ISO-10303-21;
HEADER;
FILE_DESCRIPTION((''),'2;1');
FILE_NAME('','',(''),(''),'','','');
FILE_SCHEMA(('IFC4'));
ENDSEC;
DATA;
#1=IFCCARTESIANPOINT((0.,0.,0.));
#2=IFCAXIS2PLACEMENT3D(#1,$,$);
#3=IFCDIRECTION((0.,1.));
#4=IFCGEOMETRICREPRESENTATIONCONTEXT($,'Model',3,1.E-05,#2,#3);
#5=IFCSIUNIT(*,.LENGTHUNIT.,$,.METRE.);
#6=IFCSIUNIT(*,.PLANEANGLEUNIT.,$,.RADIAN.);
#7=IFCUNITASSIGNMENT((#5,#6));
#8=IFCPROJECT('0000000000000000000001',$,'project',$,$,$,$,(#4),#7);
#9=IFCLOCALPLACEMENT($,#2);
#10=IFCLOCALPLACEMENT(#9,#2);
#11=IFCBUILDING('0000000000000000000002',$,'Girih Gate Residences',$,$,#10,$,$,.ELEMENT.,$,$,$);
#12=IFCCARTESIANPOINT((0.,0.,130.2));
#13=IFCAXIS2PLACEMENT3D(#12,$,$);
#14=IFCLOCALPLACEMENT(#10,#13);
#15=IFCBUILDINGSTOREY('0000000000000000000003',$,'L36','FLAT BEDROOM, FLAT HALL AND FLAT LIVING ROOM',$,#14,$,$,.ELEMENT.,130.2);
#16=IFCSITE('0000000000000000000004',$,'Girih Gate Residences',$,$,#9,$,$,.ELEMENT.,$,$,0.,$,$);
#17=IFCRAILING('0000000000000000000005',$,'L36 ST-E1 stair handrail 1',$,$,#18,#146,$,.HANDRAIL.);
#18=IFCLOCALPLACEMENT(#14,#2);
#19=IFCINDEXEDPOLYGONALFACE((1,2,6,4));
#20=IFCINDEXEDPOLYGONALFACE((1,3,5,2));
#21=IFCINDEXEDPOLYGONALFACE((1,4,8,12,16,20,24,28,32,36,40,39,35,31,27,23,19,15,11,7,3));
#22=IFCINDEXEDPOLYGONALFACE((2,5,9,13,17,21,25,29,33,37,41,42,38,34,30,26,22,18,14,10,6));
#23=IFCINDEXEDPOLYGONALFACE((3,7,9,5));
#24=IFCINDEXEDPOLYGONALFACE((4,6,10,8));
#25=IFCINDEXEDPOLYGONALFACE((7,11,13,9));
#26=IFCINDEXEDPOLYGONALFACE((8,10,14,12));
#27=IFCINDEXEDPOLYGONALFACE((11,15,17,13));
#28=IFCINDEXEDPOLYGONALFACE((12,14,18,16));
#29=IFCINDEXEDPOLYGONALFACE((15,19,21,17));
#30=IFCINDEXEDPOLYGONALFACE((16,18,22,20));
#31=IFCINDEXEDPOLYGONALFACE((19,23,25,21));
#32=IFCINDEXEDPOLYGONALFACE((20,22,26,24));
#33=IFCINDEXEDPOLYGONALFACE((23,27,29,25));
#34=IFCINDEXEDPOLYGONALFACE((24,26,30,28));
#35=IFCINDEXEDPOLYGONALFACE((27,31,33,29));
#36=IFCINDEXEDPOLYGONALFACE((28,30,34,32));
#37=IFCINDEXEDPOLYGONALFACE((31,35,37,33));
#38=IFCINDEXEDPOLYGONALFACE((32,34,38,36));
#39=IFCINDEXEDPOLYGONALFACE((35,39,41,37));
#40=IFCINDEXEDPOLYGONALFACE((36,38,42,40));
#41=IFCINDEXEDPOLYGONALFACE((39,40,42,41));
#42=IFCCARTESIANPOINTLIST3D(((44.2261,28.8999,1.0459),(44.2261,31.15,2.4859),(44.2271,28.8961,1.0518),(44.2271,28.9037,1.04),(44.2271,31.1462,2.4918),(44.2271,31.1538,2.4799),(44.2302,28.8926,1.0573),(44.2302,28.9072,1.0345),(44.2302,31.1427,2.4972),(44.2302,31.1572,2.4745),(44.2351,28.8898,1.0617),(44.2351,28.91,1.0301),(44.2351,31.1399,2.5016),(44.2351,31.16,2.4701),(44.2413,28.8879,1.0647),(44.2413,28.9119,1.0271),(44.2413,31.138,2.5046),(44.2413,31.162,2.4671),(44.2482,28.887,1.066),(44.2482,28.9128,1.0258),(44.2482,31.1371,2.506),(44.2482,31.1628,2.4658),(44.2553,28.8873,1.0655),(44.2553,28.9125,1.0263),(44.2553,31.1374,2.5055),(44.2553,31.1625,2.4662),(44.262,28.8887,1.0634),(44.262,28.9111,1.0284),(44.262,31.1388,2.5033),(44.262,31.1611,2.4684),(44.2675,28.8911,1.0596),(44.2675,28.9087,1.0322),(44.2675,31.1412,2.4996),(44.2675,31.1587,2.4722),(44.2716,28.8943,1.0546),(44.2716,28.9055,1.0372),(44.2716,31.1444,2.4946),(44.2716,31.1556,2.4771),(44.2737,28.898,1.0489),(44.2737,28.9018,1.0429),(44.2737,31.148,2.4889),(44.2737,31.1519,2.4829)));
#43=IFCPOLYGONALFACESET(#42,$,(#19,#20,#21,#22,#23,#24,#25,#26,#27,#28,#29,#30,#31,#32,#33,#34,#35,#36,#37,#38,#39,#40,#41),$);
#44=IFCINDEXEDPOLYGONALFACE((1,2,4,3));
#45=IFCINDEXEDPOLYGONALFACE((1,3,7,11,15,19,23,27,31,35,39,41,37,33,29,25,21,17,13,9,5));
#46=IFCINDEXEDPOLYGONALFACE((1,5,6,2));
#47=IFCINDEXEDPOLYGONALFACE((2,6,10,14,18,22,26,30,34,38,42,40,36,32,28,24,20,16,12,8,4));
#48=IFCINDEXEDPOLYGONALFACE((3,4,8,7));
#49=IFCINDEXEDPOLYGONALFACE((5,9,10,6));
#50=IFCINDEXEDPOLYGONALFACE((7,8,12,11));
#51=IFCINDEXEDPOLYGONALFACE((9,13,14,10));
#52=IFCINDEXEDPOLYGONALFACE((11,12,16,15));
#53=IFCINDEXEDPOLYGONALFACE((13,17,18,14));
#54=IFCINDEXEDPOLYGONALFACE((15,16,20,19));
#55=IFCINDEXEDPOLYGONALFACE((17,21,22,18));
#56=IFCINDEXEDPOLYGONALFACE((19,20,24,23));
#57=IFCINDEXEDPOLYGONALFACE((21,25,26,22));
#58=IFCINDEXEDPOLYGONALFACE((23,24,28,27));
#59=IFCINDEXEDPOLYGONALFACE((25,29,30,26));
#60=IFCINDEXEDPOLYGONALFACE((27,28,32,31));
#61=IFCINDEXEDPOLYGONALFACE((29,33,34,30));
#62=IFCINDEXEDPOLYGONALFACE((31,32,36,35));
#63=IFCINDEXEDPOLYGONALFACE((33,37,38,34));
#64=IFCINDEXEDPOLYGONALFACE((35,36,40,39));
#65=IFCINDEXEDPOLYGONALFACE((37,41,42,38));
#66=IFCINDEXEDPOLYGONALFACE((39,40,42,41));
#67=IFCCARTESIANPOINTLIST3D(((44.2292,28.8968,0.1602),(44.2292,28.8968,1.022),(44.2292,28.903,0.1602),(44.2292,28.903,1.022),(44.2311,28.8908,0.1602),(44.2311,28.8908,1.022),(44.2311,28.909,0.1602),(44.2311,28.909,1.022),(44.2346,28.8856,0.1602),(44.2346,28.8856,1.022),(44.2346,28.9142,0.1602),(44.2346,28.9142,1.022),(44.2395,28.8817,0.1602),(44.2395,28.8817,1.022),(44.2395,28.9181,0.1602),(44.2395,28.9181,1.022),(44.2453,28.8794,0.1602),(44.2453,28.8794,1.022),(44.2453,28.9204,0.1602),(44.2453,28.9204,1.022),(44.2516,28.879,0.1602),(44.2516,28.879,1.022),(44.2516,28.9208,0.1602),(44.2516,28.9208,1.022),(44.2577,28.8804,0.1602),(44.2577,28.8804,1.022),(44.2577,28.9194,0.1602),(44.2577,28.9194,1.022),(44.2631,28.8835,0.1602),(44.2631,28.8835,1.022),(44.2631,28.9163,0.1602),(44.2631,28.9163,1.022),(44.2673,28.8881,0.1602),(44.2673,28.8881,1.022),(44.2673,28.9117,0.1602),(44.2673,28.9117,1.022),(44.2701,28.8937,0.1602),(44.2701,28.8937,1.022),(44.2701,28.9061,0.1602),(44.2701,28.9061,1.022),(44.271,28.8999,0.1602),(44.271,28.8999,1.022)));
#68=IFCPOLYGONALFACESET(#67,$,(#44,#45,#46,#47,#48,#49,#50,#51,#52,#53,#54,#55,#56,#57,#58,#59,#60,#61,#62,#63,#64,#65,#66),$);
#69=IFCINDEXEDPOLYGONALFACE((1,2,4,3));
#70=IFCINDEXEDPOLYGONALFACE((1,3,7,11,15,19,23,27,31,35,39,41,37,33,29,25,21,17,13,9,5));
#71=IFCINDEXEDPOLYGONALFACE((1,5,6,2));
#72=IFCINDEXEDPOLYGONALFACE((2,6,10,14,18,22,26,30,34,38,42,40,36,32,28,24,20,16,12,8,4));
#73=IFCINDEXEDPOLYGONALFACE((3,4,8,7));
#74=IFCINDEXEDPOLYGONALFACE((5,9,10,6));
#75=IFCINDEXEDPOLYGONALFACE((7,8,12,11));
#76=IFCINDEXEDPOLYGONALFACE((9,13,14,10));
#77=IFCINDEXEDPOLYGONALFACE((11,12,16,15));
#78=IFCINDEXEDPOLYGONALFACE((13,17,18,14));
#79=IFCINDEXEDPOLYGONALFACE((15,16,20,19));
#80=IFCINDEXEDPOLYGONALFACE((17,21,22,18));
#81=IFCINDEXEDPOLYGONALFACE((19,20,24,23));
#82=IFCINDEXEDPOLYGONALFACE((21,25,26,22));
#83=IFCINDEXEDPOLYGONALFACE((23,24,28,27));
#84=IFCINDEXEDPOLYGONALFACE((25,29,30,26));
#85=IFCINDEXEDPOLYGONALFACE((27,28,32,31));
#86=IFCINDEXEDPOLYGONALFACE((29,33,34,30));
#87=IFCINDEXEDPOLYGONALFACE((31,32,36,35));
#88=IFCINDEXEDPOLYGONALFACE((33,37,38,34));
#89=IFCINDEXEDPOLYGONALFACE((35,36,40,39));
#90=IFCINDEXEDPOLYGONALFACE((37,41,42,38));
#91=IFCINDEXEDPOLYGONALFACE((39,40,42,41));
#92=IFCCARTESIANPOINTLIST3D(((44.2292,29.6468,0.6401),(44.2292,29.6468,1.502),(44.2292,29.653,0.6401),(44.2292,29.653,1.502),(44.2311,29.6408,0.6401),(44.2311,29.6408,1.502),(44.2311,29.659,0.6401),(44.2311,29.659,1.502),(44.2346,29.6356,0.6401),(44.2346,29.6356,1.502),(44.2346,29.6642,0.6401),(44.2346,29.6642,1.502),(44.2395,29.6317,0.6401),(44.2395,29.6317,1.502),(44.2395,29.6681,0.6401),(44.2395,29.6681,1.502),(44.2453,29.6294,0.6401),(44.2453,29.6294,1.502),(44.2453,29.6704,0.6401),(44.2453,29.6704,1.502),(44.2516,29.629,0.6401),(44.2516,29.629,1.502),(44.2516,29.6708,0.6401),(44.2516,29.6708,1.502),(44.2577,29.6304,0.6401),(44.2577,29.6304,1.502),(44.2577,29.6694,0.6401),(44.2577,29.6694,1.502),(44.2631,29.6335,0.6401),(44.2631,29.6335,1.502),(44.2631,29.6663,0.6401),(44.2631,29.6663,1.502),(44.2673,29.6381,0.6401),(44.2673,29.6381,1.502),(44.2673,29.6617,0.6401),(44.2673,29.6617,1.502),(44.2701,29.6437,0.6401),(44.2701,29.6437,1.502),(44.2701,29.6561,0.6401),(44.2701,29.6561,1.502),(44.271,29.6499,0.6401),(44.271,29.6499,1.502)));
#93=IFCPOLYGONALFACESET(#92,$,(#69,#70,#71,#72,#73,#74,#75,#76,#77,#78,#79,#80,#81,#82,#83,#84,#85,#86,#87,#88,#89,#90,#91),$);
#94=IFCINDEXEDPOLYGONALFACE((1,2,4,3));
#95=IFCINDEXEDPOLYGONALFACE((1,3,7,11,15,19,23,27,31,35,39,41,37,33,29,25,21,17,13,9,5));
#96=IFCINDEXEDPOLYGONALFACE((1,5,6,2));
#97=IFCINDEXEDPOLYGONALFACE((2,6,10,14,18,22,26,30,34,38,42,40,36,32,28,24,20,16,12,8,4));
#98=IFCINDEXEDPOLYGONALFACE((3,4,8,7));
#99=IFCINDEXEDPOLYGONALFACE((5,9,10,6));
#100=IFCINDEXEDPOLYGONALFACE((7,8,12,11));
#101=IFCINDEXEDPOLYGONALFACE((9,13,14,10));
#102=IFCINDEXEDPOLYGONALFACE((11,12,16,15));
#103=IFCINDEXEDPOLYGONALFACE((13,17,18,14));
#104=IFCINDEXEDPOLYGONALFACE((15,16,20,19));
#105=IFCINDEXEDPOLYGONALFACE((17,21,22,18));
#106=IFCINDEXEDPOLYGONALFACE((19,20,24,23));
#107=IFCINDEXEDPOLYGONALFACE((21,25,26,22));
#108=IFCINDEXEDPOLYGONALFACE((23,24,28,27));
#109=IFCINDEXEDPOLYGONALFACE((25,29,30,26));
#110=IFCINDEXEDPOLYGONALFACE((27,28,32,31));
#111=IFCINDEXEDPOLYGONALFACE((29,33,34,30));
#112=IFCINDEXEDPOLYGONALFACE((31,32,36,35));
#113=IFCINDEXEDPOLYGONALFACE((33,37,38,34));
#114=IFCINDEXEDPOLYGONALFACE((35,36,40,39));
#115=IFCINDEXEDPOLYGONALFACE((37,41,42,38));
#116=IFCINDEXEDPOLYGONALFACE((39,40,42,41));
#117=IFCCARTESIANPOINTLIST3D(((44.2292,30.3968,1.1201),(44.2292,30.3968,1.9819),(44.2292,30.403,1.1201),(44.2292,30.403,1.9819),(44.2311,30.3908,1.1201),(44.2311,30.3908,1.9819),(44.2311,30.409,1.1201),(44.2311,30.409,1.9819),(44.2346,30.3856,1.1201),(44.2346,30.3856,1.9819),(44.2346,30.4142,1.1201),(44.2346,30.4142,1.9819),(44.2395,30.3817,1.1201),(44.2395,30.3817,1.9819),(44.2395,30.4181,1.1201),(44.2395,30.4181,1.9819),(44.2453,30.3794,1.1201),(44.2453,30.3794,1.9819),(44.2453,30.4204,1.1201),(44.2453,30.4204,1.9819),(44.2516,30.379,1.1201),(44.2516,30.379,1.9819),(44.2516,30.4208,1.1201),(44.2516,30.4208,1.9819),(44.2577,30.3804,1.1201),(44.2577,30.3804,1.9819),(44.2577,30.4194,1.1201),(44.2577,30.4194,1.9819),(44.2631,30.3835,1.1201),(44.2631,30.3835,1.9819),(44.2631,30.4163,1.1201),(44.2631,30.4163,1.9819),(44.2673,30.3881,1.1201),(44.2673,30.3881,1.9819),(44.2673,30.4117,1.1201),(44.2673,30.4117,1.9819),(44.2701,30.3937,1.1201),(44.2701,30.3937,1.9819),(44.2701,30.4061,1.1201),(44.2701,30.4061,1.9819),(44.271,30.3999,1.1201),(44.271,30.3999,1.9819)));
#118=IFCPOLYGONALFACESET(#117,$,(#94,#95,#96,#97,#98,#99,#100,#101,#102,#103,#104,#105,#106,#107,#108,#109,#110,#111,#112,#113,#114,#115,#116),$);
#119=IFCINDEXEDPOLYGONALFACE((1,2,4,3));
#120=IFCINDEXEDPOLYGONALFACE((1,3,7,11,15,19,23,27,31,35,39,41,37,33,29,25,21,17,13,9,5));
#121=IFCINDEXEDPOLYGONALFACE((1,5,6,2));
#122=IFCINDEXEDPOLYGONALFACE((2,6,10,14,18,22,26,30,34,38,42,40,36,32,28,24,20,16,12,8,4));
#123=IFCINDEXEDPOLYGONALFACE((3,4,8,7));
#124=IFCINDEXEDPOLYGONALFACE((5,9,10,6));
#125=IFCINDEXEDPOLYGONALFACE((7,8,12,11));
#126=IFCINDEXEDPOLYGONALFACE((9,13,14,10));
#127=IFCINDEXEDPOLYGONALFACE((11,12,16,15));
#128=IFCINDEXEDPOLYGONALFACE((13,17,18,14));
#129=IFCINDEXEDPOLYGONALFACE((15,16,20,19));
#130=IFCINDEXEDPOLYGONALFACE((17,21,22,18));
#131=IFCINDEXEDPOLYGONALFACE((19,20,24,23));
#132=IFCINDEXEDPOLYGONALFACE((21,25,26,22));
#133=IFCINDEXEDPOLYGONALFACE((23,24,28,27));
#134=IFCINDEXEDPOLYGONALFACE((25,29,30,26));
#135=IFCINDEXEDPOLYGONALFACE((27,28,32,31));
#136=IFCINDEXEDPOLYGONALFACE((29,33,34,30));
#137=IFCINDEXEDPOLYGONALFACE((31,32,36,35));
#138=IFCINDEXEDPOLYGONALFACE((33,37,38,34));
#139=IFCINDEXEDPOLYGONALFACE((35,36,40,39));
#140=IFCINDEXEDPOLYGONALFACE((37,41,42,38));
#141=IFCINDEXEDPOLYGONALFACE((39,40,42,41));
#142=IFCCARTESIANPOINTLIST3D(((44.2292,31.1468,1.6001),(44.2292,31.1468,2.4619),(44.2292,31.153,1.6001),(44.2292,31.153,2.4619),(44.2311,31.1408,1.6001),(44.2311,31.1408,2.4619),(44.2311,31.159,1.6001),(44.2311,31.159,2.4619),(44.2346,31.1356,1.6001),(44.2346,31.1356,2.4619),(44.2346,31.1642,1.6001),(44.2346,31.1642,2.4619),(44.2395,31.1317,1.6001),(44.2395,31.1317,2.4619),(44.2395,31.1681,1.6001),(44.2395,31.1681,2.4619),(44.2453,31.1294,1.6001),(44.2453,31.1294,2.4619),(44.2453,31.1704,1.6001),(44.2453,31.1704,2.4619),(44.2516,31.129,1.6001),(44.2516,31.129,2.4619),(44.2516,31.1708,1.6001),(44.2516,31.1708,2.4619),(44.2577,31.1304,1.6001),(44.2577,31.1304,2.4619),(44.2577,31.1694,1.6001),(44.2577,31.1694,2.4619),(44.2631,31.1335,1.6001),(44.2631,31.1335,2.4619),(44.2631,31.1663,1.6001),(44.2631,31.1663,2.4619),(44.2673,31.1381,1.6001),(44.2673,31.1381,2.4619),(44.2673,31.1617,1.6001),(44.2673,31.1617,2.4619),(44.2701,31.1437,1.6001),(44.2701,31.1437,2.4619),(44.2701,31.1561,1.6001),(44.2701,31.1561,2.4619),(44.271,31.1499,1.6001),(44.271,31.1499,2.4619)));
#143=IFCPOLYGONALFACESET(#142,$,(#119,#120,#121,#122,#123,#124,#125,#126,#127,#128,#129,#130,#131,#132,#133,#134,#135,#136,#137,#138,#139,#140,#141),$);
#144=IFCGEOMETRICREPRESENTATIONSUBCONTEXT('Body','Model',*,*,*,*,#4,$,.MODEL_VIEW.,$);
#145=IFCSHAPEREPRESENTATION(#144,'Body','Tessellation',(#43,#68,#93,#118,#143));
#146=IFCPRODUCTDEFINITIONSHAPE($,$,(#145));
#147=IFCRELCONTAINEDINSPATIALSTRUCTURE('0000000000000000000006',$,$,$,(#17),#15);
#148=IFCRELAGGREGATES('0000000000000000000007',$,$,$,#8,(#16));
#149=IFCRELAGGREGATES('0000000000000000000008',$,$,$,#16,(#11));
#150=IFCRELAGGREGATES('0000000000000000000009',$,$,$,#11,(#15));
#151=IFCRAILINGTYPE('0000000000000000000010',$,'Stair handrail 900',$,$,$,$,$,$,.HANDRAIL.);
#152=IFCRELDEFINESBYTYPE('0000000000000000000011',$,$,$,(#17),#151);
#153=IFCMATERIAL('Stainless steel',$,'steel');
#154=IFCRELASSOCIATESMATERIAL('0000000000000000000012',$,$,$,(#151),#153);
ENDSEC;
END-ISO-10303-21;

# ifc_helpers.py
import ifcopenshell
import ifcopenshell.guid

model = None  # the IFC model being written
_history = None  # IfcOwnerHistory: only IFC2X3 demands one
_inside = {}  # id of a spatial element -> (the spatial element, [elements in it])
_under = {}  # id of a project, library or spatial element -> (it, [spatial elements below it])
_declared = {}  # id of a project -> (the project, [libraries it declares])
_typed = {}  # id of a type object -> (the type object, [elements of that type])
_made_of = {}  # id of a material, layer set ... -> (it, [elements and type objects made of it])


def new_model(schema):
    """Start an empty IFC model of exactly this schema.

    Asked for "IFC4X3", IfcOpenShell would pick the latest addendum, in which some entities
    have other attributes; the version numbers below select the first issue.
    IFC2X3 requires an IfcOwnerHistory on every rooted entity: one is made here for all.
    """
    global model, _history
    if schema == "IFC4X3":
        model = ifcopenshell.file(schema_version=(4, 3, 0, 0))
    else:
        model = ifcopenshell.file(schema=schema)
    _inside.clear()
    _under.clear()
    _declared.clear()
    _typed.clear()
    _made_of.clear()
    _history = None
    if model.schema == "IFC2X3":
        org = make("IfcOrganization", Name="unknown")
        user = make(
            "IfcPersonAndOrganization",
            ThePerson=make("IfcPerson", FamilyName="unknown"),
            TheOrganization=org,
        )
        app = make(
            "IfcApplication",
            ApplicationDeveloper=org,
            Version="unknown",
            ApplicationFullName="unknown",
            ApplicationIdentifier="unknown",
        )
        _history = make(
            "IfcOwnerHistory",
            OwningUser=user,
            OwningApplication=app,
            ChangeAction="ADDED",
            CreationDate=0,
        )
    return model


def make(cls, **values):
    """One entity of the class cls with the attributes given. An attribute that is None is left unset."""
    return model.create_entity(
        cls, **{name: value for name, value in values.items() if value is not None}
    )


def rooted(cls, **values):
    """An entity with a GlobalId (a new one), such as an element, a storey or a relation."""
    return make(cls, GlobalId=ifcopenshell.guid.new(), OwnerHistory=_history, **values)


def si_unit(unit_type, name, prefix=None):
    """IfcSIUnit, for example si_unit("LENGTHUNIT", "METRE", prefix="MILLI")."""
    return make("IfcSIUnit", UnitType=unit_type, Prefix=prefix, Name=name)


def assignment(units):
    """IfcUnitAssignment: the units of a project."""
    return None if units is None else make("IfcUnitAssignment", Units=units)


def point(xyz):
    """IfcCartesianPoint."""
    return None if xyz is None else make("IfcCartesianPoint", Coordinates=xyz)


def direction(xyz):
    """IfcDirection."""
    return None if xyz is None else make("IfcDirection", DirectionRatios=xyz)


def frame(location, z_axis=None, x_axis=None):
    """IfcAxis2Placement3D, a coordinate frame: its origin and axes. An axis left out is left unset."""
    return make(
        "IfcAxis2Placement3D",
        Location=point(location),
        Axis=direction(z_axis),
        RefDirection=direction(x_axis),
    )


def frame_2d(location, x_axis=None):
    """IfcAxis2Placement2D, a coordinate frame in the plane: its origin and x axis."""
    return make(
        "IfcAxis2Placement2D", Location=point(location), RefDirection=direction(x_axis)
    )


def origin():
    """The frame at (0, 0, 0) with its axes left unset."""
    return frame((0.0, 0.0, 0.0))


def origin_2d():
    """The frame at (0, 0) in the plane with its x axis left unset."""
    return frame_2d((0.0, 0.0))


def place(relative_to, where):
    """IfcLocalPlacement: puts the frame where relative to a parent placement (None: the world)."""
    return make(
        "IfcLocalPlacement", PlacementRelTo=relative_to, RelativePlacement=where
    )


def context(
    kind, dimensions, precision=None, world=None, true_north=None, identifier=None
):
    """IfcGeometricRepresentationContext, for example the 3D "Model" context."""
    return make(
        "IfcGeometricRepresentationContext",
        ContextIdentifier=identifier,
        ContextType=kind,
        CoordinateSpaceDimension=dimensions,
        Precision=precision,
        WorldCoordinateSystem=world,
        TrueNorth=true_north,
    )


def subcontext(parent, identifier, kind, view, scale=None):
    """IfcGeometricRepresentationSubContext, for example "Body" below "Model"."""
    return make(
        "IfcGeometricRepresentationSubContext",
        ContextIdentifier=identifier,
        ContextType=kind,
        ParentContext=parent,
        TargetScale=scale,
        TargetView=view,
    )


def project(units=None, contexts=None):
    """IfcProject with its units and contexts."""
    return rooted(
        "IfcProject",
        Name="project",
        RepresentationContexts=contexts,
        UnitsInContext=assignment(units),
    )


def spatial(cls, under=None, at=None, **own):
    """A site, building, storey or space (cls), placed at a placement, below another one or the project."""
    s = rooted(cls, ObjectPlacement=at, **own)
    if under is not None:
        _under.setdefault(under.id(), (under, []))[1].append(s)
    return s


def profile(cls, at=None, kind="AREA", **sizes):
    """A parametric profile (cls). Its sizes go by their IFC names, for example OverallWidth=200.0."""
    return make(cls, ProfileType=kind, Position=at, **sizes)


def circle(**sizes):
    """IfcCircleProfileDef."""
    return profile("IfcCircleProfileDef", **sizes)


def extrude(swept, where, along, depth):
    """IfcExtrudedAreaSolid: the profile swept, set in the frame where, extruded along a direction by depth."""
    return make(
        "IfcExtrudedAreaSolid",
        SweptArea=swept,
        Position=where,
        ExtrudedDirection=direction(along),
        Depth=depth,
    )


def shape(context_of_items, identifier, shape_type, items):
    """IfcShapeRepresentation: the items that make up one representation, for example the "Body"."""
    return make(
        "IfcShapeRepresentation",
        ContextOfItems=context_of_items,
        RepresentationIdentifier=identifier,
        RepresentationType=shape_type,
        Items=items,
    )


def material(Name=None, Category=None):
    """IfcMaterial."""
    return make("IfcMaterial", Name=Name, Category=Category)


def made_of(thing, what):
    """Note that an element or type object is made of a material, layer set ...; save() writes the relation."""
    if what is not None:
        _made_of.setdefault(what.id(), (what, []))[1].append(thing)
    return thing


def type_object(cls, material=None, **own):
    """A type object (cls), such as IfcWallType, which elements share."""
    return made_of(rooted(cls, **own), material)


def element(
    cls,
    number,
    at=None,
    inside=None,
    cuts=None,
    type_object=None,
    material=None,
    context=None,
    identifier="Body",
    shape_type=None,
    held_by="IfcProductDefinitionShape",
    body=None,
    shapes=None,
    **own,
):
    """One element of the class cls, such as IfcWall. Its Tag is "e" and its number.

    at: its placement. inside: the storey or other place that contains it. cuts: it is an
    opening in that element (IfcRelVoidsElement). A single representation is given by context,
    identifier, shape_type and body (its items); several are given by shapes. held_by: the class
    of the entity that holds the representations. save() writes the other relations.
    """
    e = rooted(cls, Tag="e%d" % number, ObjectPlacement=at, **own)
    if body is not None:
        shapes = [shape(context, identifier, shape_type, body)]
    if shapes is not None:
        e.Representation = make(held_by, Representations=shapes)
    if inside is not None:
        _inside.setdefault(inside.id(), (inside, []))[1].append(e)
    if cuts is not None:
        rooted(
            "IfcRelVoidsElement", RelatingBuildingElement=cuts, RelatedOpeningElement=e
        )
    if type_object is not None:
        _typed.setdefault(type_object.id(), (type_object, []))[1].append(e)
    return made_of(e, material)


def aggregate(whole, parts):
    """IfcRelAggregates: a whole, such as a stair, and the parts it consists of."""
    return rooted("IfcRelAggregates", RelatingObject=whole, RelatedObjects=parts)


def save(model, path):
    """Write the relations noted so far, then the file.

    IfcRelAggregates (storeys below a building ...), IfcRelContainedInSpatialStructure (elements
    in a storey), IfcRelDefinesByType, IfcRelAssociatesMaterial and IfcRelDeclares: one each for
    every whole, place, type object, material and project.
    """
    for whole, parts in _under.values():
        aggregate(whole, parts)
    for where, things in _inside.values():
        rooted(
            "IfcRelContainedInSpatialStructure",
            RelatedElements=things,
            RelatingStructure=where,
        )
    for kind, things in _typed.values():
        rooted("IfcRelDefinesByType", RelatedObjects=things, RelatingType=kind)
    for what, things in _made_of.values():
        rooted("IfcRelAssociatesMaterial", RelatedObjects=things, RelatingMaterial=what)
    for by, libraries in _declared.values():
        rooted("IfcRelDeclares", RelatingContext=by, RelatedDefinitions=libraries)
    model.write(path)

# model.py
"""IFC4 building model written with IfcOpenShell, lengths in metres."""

from ifc_helpers import new_model, si_unit, direction, frame, origin, origin_2d, place, context, subcontext, project, spatial, circle, extrude, material, type_object, element, save


model = new_model("IFC4")

# Units and contexts
model_context = context("Model", 3, precision=1e-05, world=origin(), true_north=direction((0.0, 1.0)))
body_context = subcontext(model_context, "Body", "Model", "MODEL_VIEW")
ifc_project = project(units=[si_unit("LENGTHUNIT", "METRE"), si_unit("PLANEANGLEUNIT", "RADIAN")], contexts=[model_context])

# Site, building, storey
site_placement = place(None, origin())
site = spatial("IfcSite", under=ifc_project, at=site_placement, Name="Girih Gate Residences", CompositionType="ELEMENT", RefElevation=0.0)
building_placement = place(site_placement, origin())
building = spatial("IfcBuilding", under=site, at=building_placement, Name="Girih Gate Residences", CompositionType="ELEMENT")
storey_placement = place(building_placement, frame((0.0, 0.0, 130.2)))
storey = spatial("IfcBuildingStorey", under=building, at=storey_placement, Name="L36", Description="FLAT BEDROOM, FLAT HALL AND FLAT LIVING ROOM", CompositionType="ELEMENT", Elevation=130.2)

# Railing
ifc_material_1 = material(Name="Stainless steel", Category="steel")
railing_type_1 = type_object("IfcRailingType", Name="Stair handrail 900", PredefinedType="HANDRAIL", material=ifc_material_1)
railing_1_placement = place(storey_placement, frame((44.25, 28.8999, 0.1602)))
element("IfcRailing", 1, at=railing_1_placement, inside=storey, type_object=railing_type_1, Name="L36 ST-E1 stair handrail 1", PredefinedType="HANDRAIL", context=body_context, shape_type="SweptSolid", body=[
    extrude(circle(Radius=0.0239, at=origin_2d()), frame((0.0, 0.0, 0.8857), z_axis=(0.0, 0.842281, 0.539038), x_axis=(-1.0, 0.0, 0.0)), (0.0, 0.0, 1.0), 2.6714),
    extrude(circle(Radius=0.021, at=origin_2d()), origin(), (0.0, 0.0, 1.0), 0.8618),
    extrude(circle(Radius=0.021, at=origin_2d()), frame((0.0, 0.75, 0.48)), (0.0, 0.0, 1.0), 0.8618),
    extrude(circle(Radius=0.021, at=origin_2d()), frame((0.0, 1.5, 0.96)), (0.0, 0.0, 1.0), 0.8618),
    extrude(circle(Radius=0.021, at=origin_2d()), frame((0.0, 2.25, 1.4399)), (0.0, 0.0, 1.0), 0.8618),
])

save(model, "model.ifc")
